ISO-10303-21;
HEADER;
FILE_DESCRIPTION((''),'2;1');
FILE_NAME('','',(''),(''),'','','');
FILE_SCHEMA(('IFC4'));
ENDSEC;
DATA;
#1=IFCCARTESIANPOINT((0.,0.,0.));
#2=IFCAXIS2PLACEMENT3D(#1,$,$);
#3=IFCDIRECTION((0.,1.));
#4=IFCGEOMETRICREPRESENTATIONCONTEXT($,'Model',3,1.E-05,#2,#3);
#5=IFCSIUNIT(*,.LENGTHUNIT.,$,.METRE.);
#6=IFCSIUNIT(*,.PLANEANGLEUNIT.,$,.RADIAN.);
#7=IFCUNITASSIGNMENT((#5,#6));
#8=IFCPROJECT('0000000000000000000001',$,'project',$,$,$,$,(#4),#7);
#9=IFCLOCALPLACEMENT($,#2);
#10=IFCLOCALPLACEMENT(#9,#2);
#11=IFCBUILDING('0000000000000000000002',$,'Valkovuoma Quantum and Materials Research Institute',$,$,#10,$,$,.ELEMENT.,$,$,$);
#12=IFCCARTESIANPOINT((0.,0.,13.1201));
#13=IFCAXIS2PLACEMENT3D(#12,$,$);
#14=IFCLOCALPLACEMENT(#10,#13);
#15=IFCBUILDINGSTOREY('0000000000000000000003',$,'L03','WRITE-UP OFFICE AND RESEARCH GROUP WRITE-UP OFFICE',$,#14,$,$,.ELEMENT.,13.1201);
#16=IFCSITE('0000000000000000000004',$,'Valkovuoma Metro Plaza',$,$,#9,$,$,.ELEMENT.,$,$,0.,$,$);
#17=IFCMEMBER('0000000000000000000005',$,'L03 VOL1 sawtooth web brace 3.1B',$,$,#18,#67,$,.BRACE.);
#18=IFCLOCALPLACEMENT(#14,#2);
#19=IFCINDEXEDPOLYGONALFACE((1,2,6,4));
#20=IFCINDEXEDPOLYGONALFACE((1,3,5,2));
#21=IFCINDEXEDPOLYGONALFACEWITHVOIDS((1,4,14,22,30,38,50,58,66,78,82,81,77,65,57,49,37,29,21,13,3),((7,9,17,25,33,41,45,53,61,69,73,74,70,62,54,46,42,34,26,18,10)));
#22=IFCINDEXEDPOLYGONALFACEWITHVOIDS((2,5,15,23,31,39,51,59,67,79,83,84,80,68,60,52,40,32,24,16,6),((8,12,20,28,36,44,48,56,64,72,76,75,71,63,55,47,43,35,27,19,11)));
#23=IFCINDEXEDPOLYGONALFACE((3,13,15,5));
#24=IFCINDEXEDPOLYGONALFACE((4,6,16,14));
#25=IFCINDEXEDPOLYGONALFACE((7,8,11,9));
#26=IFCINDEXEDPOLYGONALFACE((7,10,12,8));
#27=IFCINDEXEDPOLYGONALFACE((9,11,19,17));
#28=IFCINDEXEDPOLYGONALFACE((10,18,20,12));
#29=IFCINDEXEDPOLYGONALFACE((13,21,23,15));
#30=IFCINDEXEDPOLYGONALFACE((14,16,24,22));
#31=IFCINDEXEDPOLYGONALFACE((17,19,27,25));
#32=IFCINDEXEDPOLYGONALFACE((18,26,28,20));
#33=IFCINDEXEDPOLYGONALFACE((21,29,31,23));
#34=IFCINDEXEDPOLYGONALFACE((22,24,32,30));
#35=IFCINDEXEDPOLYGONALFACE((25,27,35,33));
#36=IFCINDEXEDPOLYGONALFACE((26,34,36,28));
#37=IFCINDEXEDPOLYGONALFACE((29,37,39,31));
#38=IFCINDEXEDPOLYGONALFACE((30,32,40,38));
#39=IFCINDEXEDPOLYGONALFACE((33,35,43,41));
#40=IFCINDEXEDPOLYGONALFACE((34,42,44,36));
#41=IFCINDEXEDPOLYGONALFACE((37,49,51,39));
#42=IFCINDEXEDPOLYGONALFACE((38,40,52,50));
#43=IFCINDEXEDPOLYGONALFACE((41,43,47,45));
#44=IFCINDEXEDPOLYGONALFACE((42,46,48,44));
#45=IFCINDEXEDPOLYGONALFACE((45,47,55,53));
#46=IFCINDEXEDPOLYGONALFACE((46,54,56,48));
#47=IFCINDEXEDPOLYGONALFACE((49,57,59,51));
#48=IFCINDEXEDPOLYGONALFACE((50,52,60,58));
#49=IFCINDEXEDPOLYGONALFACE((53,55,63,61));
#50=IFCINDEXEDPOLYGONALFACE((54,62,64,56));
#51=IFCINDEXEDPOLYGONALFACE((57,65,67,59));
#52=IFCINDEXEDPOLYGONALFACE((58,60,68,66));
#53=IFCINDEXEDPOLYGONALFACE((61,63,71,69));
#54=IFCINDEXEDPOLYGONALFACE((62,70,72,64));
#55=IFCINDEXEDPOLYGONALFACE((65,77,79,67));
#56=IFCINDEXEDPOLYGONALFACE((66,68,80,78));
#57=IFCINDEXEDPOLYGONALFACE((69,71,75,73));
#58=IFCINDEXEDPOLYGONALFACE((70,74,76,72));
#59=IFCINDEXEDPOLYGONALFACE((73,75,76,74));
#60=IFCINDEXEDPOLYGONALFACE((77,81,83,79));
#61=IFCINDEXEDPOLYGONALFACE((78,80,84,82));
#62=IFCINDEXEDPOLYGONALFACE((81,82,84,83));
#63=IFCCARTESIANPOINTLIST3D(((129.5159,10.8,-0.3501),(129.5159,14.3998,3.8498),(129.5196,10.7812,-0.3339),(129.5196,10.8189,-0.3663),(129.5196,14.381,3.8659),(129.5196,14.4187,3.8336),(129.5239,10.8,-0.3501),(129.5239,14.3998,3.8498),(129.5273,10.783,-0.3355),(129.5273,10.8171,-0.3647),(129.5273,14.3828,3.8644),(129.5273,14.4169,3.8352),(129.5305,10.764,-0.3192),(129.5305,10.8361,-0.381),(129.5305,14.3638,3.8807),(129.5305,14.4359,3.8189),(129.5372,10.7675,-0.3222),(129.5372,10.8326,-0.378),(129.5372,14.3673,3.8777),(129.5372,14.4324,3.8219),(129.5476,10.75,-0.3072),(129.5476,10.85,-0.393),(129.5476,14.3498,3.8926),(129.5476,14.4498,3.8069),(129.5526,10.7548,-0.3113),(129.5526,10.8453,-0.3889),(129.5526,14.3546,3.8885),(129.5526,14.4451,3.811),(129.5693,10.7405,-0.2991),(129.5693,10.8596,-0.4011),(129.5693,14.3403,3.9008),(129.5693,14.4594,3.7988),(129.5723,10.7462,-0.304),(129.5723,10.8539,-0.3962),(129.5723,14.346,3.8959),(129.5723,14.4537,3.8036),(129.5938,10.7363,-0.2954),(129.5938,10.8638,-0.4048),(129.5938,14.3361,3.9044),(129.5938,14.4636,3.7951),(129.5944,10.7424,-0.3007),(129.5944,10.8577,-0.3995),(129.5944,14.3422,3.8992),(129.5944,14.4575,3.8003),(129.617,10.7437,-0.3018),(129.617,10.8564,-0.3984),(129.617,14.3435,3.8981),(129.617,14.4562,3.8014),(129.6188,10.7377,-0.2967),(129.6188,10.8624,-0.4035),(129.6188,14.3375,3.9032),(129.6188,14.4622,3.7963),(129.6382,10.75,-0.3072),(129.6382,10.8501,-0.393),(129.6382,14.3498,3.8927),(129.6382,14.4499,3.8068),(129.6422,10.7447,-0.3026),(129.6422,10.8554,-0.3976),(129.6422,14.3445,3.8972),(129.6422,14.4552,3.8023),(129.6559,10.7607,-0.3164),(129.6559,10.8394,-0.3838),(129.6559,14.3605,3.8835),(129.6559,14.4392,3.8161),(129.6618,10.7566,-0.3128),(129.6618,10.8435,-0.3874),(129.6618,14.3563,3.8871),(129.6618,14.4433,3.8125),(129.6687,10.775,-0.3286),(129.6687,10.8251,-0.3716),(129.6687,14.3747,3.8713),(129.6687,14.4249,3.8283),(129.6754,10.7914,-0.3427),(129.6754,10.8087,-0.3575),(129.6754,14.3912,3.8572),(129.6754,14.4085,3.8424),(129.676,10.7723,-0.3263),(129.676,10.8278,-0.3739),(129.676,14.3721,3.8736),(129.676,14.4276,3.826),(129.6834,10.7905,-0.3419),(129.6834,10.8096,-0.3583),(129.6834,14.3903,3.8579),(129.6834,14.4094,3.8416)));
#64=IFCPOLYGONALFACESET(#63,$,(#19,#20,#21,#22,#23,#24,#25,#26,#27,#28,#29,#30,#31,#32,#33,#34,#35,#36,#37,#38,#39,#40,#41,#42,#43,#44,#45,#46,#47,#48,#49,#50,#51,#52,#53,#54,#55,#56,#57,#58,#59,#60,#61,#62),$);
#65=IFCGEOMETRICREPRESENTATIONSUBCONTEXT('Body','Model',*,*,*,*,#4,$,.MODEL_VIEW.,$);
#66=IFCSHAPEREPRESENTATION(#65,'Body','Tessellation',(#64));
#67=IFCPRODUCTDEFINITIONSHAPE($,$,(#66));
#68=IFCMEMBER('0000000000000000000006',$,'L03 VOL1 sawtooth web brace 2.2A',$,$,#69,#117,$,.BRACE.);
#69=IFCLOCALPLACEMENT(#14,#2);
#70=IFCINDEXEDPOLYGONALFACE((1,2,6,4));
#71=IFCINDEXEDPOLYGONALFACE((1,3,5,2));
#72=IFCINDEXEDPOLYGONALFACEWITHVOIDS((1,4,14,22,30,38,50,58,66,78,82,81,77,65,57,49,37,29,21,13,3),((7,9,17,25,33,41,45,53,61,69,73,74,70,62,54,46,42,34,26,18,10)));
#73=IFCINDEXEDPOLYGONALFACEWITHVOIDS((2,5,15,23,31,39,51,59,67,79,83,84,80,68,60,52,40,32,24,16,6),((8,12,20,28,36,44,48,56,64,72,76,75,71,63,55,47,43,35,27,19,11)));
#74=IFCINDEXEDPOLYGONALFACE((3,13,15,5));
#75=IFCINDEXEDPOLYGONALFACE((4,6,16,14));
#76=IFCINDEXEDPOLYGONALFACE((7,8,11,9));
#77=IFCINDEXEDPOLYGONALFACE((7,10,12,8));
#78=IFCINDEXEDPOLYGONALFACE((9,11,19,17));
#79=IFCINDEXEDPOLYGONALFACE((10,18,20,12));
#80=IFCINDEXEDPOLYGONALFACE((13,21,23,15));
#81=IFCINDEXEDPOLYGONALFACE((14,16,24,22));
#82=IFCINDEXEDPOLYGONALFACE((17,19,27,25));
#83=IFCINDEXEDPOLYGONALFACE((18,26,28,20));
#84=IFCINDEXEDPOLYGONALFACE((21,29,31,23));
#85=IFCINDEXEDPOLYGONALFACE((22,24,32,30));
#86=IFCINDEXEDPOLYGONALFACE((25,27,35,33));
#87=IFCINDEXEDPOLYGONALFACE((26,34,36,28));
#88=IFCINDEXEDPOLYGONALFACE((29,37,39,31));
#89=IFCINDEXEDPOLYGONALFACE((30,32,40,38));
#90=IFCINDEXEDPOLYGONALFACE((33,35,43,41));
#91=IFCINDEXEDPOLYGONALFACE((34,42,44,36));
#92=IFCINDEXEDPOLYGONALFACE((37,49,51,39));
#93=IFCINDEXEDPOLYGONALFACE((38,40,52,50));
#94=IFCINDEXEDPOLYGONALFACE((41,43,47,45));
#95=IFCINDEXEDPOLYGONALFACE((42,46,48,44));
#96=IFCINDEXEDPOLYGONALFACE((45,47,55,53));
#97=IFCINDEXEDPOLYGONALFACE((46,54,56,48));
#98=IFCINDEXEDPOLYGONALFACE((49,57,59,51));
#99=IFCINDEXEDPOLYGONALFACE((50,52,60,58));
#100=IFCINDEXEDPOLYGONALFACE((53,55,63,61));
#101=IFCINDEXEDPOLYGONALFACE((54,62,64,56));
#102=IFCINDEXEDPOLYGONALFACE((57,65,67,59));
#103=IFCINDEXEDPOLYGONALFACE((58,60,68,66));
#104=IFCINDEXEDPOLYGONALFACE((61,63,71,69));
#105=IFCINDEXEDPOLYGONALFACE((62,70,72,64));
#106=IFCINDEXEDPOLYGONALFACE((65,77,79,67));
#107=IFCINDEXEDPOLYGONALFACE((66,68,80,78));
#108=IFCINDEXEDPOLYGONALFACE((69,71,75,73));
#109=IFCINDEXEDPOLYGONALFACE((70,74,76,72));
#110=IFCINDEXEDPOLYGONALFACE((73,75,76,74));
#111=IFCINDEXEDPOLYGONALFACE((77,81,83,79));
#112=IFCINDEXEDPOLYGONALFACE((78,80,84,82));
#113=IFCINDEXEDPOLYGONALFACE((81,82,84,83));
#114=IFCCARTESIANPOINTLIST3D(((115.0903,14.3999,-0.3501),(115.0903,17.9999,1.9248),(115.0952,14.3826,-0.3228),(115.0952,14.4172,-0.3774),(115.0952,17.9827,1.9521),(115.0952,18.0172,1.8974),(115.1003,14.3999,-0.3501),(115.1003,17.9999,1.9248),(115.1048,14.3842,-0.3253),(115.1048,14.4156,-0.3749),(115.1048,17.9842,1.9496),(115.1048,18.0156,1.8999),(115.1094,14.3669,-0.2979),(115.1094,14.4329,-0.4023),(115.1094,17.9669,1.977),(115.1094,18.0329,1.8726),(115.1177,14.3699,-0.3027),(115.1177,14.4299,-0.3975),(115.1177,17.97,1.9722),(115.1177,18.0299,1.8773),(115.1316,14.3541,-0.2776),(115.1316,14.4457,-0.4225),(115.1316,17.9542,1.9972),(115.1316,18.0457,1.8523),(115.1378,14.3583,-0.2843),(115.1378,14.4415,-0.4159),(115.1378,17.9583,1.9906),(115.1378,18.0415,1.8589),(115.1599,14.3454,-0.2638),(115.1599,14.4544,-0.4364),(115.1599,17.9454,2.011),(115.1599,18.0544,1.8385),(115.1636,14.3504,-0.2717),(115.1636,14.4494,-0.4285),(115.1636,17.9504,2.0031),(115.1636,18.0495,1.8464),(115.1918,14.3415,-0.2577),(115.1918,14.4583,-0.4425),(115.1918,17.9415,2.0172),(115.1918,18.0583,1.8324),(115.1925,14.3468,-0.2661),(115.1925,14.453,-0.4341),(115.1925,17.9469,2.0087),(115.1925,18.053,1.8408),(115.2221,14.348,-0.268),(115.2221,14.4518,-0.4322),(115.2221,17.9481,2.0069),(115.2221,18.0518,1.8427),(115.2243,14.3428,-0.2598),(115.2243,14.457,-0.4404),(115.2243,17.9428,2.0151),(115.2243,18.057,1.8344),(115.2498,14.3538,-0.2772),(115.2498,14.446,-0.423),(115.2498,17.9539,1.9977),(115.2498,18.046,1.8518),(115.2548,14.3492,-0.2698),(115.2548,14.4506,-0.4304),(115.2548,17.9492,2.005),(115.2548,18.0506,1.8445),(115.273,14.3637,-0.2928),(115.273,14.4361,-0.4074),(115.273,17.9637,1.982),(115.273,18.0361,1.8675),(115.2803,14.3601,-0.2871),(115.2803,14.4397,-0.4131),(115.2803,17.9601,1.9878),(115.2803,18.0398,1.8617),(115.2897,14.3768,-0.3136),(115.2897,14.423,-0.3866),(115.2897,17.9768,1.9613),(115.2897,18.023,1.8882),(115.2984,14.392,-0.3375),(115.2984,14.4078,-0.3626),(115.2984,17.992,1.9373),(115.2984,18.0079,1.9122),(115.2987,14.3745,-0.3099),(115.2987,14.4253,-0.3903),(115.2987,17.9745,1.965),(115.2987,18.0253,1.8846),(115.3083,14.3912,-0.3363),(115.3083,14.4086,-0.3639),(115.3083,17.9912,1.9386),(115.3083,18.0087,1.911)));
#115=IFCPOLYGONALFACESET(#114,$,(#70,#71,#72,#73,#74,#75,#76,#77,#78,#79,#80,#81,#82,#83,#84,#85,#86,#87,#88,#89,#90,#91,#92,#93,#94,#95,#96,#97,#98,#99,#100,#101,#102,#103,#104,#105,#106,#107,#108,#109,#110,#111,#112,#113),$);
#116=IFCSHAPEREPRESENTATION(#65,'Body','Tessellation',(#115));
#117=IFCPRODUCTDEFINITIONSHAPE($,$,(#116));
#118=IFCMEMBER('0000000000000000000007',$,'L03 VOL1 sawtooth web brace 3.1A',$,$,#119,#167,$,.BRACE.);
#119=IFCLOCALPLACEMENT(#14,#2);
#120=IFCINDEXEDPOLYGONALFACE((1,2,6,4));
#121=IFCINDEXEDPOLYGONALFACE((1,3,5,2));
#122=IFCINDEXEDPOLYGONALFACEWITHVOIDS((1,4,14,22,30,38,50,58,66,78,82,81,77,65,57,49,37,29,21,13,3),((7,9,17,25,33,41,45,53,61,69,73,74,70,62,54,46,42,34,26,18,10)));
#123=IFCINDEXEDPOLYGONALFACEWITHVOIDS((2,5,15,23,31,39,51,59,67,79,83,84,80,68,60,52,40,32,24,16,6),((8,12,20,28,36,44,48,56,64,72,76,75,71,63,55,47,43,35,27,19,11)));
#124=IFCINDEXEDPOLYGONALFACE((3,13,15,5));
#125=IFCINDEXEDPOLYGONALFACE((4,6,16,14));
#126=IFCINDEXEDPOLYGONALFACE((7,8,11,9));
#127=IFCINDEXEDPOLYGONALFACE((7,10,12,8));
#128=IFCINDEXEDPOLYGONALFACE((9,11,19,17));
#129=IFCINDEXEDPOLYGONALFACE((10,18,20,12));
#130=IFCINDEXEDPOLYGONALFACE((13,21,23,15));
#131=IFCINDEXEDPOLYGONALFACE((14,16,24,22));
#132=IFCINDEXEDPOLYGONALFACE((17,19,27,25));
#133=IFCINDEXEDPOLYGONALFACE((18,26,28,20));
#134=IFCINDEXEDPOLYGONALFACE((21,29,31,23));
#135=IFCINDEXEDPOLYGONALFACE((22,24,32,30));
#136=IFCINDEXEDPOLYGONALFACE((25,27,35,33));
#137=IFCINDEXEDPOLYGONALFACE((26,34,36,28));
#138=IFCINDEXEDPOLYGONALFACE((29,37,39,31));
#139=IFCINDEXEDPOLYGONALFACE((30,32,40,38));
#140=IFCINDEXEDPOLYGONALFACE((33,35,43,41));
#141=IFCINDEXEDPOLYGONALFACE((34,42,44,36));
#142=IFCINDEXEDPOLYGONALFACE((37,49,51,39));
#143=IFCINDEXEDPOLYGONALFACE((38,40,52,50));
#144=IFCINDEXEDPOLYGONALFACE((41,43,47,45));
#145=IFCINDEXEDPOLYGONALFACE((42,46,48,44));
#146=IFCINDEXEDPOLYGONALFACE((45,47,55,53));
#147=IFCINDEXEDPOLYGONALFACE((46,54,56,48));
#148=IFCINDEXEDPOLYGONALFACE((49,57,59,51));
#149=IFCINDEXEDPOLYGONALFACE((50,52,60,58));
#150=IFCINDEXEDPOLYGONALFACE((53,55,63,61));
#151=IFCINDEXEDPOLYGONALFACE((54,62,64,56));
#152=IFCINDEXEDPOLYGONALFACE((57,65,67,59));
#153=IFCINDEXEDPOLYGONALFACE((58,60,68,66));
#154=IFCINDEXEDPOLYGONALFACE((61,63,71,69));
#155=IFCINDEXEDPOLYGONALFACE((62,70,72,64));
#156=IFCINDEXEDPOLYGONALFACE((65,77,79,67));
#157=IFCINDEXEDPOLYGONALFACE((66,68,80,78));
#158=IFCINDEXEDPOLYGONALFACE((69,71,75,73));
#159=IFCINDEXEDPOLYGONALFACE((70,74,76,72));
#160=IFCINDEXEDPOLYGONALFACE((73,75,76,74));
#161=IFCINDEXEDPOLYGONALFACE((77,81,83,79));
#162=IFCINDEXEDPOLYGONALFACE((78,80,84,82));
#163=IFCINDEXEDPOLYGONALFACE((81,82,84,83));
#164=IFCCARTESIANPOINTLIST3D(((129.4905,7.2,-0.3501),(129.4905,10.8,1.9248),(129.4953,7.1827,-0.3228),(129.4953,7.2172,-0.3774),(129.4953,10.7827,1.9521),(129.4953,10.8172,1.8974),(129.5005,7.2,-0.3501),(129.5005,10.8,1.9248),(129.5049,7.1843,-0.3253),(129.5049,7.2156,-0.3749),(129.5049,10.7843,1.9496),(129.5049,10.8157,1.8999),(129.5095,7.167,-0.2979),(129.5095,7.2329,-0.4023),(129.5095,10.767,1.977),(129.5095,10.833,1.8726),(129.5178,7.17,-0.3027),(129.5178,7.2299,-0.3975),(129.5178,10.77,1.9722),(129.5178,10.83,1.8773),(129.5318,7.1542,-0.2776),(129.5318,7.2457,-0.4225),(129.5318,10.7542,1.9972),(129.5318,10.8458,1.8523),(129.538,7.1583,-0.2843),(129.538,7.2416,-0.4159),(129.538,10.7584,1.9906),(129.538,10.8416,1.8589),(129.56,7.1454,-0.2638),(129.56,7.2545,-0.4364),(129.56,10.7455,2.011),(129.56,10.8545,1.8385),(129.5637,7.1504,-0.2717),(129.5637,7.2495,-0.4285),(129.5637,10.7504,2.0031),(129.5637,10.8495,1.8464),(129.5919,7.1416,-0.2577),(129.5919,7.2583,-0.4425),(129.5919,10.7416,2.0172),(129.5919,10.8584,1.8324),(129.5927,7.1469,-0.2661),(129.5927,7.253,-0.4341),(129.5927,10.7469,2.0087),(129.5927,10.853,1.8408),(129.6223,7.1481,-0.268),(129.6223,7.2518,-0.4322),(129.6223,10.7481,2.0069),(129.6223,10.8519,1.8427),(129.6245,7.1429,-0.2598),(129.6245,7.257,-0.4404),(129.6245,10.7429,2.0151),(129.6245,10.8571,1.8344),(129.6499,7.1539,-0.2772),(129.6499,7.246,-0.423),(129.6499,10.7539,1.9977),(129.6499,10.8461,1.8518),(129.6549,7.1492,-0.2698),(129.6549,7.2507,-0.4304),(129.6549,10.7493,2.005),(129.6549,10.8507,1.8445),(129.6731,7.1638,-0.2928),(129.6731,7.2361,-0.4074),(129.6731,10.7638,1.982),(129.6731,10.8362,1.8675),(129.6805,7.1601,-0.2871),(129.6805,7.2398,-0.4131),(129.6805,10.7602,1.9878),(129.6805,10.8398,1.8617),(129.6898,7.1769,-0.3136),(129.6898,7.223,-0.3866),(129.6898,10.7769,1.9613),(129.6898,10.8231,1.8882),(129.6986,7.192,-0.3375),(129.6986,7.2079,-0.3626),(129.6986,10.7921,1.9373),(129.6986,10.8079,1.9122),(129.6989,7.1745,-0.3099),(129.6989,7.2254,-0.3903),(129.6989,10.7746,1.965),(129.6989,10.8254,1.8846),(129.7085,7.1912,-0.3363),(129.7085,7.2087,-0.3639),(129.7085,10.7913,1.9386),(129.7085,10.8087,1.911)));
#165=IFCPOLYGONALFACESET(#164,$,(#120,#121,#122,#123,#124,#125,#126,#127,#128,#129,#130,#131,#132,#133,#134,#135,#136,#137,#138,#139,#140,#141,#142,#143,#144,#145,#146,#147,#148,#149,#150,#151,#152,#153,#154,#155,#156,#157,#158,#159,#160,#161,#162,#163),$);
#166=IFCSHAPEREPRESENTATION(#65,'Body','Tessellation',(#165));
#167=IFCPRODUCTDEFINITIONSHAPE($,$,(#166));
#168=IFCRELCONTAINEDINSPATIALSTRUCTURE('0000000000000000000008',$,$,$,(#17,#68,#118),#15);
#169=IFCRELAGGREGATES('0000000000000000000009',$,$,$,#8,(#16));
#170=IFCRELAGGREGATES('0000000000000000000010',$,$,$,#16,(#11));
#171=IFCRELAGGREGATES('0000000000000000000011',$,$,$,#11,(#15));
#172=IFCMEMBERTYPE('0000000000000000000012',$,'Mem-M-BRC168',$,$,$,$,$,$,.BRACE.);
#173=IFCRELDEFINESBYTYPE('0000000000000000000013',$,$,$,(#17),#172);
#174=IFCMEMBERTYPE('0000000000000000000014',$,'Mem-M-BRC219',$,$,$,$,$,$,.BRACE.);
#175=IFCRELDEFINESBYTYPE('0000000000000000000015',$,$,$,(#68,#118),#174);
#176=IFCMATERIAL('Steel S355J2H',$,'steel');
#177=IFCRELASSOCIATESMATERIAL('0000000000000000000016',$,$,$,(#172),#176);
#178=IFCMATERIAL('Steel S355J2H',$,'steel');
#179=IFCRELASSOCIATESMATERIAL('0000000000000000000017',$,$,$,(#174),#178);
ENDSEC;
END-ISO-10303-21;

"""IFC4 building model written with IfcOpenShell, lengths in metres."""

from ifc_helpers import new_model, si_unit, direction, frame, origin, origin_2d, place, context, subcontext, project, spatial, hollow_circle, extrude, material, material_profile, profile_set, type_object, element, save


model = new_model("IFC4")

# Units and contexts
model_context = context("Model", 3, precision=1e-05, world=origin(), true_north=direction((0.0, 1.0)))
body_context = subcontext(model_context, "Body", "Model", "MODEL_VIEW")
ifc_project = project(units=[si_unit("LENGTHUNIT", "METRE"), si_unit("PLANEANGLEUNIT", "RADIAN")], contexts=[model_context])

# Site, building, storey
site_placement = place(None, origin())
site = spatial("IfcSite", under=ifc_project, at=site_placement, Name="Valkovuoma Metro Plaza", CompositionType="ELEMENT", RefElevation=0.0)
building_placement = place(site_placement, origin())
building = spatial("IfcBuilding", under=site, at=building_placement, Name="Valkovuoma Quantum and Materials Research Institute", CompositionType="ELEMENT")
storey_placement = place(building_placement, frame((0.0, 0.0, 13.1201)))
storey = spatial("IfcBuildingStorey", under=building, at=storey_placement, Name="L03", Description="WRITE-UP OFFICE AND RESEARCH GROUP WRITE-UP OFFICE", CompositionType="ELEMENT", Elevation=13.1201)

# Members
ifc_material_1 = material(Name="Steel S355J2H", Category="steel")
ifc_material_profile_1 = material_profile(ifc_material_1, hollow_circle(Radius=0.0842, WallThickness=0.0081, at=origin_2d()), Name="Steel S355J2H")
ifc_profile_set_1 = profile_set([ifc_material_profile_1], Name="Steel S355J2H")
member_type_1 = type_object("IfcMemberType", Name="Mem-M-BRC168", PredefinedType="BRACE", material=ifc_profile_set_1)
member_1_placement = place(storey_placement, frame((129.6001, 10.8, -0.3501), z_axis=(0.0, 0.65078, 0.759266), x_axis=(-1.0, 0.0, 0.0)))
element("IfcMember", 1, at=member_1_placement, inside=storey, type_object=member_type_1, Name="L03 VOL1 sawtooth web brace 3.1B", PredefinedType="BRACE", context=body_context, shape_type="SweptSolid", body=[
    extrude(hollow_circle(Radius=0.0842, WallThickness=0.0081, at=origin_2d()), origin(), (0.0, 0.0, 1.0), 5.5315),
])
ifc_material_2 = material(Name="Steel S355J2H", Category="steel")
ifc_material_profile_2 = material_profile(ifc_material_2, hollow_circle(Radius=0.1096, WallThickness=0.01, at=origin_2d()), Name="Steel S355J2H")
ifc_profile_set_2 = profile_set([ifc_material_profile_2], Name="Steel S355J2H")
member_type_2 = type_object("IfcMemberType", Name="Mem-M-BRC219", PredefinedType="BRACE", material=ifc_profile_set_2)
for number, where, z_axis, x_axis, name in (
    (2, (115.2, 14.3999, -0.3501), (0.0, 0.845366, 0.534187), (-1.0, 0.0, 0.0), "L03 VOL1 sawtooth web brace 2.2A"),
    (3, (129.6001, 7.2, -0.3501), (0.0, 0.845366, 0.534187), (-1.0, 0.0, 0.0), "L03 VOL1 sawtooth web brace 3.1A"),
):
    element("IfcMember", number, at=place(storey_placement, frame(where, z_axis=z_axis, x_axis=x_axis)), inside=storey, type_object=member_type_2, Name=name, PredefinedType="BRACE", context=body_context, shape_type="SweptSolid", body=[
        extrude(hollow_circle(Radius=0.1096, WallThickness=0.01, at=origin_2d()), origin(), (0.0, 0.0, 1.0), 4.2585),
    ])

save(model, "model.ifc")
